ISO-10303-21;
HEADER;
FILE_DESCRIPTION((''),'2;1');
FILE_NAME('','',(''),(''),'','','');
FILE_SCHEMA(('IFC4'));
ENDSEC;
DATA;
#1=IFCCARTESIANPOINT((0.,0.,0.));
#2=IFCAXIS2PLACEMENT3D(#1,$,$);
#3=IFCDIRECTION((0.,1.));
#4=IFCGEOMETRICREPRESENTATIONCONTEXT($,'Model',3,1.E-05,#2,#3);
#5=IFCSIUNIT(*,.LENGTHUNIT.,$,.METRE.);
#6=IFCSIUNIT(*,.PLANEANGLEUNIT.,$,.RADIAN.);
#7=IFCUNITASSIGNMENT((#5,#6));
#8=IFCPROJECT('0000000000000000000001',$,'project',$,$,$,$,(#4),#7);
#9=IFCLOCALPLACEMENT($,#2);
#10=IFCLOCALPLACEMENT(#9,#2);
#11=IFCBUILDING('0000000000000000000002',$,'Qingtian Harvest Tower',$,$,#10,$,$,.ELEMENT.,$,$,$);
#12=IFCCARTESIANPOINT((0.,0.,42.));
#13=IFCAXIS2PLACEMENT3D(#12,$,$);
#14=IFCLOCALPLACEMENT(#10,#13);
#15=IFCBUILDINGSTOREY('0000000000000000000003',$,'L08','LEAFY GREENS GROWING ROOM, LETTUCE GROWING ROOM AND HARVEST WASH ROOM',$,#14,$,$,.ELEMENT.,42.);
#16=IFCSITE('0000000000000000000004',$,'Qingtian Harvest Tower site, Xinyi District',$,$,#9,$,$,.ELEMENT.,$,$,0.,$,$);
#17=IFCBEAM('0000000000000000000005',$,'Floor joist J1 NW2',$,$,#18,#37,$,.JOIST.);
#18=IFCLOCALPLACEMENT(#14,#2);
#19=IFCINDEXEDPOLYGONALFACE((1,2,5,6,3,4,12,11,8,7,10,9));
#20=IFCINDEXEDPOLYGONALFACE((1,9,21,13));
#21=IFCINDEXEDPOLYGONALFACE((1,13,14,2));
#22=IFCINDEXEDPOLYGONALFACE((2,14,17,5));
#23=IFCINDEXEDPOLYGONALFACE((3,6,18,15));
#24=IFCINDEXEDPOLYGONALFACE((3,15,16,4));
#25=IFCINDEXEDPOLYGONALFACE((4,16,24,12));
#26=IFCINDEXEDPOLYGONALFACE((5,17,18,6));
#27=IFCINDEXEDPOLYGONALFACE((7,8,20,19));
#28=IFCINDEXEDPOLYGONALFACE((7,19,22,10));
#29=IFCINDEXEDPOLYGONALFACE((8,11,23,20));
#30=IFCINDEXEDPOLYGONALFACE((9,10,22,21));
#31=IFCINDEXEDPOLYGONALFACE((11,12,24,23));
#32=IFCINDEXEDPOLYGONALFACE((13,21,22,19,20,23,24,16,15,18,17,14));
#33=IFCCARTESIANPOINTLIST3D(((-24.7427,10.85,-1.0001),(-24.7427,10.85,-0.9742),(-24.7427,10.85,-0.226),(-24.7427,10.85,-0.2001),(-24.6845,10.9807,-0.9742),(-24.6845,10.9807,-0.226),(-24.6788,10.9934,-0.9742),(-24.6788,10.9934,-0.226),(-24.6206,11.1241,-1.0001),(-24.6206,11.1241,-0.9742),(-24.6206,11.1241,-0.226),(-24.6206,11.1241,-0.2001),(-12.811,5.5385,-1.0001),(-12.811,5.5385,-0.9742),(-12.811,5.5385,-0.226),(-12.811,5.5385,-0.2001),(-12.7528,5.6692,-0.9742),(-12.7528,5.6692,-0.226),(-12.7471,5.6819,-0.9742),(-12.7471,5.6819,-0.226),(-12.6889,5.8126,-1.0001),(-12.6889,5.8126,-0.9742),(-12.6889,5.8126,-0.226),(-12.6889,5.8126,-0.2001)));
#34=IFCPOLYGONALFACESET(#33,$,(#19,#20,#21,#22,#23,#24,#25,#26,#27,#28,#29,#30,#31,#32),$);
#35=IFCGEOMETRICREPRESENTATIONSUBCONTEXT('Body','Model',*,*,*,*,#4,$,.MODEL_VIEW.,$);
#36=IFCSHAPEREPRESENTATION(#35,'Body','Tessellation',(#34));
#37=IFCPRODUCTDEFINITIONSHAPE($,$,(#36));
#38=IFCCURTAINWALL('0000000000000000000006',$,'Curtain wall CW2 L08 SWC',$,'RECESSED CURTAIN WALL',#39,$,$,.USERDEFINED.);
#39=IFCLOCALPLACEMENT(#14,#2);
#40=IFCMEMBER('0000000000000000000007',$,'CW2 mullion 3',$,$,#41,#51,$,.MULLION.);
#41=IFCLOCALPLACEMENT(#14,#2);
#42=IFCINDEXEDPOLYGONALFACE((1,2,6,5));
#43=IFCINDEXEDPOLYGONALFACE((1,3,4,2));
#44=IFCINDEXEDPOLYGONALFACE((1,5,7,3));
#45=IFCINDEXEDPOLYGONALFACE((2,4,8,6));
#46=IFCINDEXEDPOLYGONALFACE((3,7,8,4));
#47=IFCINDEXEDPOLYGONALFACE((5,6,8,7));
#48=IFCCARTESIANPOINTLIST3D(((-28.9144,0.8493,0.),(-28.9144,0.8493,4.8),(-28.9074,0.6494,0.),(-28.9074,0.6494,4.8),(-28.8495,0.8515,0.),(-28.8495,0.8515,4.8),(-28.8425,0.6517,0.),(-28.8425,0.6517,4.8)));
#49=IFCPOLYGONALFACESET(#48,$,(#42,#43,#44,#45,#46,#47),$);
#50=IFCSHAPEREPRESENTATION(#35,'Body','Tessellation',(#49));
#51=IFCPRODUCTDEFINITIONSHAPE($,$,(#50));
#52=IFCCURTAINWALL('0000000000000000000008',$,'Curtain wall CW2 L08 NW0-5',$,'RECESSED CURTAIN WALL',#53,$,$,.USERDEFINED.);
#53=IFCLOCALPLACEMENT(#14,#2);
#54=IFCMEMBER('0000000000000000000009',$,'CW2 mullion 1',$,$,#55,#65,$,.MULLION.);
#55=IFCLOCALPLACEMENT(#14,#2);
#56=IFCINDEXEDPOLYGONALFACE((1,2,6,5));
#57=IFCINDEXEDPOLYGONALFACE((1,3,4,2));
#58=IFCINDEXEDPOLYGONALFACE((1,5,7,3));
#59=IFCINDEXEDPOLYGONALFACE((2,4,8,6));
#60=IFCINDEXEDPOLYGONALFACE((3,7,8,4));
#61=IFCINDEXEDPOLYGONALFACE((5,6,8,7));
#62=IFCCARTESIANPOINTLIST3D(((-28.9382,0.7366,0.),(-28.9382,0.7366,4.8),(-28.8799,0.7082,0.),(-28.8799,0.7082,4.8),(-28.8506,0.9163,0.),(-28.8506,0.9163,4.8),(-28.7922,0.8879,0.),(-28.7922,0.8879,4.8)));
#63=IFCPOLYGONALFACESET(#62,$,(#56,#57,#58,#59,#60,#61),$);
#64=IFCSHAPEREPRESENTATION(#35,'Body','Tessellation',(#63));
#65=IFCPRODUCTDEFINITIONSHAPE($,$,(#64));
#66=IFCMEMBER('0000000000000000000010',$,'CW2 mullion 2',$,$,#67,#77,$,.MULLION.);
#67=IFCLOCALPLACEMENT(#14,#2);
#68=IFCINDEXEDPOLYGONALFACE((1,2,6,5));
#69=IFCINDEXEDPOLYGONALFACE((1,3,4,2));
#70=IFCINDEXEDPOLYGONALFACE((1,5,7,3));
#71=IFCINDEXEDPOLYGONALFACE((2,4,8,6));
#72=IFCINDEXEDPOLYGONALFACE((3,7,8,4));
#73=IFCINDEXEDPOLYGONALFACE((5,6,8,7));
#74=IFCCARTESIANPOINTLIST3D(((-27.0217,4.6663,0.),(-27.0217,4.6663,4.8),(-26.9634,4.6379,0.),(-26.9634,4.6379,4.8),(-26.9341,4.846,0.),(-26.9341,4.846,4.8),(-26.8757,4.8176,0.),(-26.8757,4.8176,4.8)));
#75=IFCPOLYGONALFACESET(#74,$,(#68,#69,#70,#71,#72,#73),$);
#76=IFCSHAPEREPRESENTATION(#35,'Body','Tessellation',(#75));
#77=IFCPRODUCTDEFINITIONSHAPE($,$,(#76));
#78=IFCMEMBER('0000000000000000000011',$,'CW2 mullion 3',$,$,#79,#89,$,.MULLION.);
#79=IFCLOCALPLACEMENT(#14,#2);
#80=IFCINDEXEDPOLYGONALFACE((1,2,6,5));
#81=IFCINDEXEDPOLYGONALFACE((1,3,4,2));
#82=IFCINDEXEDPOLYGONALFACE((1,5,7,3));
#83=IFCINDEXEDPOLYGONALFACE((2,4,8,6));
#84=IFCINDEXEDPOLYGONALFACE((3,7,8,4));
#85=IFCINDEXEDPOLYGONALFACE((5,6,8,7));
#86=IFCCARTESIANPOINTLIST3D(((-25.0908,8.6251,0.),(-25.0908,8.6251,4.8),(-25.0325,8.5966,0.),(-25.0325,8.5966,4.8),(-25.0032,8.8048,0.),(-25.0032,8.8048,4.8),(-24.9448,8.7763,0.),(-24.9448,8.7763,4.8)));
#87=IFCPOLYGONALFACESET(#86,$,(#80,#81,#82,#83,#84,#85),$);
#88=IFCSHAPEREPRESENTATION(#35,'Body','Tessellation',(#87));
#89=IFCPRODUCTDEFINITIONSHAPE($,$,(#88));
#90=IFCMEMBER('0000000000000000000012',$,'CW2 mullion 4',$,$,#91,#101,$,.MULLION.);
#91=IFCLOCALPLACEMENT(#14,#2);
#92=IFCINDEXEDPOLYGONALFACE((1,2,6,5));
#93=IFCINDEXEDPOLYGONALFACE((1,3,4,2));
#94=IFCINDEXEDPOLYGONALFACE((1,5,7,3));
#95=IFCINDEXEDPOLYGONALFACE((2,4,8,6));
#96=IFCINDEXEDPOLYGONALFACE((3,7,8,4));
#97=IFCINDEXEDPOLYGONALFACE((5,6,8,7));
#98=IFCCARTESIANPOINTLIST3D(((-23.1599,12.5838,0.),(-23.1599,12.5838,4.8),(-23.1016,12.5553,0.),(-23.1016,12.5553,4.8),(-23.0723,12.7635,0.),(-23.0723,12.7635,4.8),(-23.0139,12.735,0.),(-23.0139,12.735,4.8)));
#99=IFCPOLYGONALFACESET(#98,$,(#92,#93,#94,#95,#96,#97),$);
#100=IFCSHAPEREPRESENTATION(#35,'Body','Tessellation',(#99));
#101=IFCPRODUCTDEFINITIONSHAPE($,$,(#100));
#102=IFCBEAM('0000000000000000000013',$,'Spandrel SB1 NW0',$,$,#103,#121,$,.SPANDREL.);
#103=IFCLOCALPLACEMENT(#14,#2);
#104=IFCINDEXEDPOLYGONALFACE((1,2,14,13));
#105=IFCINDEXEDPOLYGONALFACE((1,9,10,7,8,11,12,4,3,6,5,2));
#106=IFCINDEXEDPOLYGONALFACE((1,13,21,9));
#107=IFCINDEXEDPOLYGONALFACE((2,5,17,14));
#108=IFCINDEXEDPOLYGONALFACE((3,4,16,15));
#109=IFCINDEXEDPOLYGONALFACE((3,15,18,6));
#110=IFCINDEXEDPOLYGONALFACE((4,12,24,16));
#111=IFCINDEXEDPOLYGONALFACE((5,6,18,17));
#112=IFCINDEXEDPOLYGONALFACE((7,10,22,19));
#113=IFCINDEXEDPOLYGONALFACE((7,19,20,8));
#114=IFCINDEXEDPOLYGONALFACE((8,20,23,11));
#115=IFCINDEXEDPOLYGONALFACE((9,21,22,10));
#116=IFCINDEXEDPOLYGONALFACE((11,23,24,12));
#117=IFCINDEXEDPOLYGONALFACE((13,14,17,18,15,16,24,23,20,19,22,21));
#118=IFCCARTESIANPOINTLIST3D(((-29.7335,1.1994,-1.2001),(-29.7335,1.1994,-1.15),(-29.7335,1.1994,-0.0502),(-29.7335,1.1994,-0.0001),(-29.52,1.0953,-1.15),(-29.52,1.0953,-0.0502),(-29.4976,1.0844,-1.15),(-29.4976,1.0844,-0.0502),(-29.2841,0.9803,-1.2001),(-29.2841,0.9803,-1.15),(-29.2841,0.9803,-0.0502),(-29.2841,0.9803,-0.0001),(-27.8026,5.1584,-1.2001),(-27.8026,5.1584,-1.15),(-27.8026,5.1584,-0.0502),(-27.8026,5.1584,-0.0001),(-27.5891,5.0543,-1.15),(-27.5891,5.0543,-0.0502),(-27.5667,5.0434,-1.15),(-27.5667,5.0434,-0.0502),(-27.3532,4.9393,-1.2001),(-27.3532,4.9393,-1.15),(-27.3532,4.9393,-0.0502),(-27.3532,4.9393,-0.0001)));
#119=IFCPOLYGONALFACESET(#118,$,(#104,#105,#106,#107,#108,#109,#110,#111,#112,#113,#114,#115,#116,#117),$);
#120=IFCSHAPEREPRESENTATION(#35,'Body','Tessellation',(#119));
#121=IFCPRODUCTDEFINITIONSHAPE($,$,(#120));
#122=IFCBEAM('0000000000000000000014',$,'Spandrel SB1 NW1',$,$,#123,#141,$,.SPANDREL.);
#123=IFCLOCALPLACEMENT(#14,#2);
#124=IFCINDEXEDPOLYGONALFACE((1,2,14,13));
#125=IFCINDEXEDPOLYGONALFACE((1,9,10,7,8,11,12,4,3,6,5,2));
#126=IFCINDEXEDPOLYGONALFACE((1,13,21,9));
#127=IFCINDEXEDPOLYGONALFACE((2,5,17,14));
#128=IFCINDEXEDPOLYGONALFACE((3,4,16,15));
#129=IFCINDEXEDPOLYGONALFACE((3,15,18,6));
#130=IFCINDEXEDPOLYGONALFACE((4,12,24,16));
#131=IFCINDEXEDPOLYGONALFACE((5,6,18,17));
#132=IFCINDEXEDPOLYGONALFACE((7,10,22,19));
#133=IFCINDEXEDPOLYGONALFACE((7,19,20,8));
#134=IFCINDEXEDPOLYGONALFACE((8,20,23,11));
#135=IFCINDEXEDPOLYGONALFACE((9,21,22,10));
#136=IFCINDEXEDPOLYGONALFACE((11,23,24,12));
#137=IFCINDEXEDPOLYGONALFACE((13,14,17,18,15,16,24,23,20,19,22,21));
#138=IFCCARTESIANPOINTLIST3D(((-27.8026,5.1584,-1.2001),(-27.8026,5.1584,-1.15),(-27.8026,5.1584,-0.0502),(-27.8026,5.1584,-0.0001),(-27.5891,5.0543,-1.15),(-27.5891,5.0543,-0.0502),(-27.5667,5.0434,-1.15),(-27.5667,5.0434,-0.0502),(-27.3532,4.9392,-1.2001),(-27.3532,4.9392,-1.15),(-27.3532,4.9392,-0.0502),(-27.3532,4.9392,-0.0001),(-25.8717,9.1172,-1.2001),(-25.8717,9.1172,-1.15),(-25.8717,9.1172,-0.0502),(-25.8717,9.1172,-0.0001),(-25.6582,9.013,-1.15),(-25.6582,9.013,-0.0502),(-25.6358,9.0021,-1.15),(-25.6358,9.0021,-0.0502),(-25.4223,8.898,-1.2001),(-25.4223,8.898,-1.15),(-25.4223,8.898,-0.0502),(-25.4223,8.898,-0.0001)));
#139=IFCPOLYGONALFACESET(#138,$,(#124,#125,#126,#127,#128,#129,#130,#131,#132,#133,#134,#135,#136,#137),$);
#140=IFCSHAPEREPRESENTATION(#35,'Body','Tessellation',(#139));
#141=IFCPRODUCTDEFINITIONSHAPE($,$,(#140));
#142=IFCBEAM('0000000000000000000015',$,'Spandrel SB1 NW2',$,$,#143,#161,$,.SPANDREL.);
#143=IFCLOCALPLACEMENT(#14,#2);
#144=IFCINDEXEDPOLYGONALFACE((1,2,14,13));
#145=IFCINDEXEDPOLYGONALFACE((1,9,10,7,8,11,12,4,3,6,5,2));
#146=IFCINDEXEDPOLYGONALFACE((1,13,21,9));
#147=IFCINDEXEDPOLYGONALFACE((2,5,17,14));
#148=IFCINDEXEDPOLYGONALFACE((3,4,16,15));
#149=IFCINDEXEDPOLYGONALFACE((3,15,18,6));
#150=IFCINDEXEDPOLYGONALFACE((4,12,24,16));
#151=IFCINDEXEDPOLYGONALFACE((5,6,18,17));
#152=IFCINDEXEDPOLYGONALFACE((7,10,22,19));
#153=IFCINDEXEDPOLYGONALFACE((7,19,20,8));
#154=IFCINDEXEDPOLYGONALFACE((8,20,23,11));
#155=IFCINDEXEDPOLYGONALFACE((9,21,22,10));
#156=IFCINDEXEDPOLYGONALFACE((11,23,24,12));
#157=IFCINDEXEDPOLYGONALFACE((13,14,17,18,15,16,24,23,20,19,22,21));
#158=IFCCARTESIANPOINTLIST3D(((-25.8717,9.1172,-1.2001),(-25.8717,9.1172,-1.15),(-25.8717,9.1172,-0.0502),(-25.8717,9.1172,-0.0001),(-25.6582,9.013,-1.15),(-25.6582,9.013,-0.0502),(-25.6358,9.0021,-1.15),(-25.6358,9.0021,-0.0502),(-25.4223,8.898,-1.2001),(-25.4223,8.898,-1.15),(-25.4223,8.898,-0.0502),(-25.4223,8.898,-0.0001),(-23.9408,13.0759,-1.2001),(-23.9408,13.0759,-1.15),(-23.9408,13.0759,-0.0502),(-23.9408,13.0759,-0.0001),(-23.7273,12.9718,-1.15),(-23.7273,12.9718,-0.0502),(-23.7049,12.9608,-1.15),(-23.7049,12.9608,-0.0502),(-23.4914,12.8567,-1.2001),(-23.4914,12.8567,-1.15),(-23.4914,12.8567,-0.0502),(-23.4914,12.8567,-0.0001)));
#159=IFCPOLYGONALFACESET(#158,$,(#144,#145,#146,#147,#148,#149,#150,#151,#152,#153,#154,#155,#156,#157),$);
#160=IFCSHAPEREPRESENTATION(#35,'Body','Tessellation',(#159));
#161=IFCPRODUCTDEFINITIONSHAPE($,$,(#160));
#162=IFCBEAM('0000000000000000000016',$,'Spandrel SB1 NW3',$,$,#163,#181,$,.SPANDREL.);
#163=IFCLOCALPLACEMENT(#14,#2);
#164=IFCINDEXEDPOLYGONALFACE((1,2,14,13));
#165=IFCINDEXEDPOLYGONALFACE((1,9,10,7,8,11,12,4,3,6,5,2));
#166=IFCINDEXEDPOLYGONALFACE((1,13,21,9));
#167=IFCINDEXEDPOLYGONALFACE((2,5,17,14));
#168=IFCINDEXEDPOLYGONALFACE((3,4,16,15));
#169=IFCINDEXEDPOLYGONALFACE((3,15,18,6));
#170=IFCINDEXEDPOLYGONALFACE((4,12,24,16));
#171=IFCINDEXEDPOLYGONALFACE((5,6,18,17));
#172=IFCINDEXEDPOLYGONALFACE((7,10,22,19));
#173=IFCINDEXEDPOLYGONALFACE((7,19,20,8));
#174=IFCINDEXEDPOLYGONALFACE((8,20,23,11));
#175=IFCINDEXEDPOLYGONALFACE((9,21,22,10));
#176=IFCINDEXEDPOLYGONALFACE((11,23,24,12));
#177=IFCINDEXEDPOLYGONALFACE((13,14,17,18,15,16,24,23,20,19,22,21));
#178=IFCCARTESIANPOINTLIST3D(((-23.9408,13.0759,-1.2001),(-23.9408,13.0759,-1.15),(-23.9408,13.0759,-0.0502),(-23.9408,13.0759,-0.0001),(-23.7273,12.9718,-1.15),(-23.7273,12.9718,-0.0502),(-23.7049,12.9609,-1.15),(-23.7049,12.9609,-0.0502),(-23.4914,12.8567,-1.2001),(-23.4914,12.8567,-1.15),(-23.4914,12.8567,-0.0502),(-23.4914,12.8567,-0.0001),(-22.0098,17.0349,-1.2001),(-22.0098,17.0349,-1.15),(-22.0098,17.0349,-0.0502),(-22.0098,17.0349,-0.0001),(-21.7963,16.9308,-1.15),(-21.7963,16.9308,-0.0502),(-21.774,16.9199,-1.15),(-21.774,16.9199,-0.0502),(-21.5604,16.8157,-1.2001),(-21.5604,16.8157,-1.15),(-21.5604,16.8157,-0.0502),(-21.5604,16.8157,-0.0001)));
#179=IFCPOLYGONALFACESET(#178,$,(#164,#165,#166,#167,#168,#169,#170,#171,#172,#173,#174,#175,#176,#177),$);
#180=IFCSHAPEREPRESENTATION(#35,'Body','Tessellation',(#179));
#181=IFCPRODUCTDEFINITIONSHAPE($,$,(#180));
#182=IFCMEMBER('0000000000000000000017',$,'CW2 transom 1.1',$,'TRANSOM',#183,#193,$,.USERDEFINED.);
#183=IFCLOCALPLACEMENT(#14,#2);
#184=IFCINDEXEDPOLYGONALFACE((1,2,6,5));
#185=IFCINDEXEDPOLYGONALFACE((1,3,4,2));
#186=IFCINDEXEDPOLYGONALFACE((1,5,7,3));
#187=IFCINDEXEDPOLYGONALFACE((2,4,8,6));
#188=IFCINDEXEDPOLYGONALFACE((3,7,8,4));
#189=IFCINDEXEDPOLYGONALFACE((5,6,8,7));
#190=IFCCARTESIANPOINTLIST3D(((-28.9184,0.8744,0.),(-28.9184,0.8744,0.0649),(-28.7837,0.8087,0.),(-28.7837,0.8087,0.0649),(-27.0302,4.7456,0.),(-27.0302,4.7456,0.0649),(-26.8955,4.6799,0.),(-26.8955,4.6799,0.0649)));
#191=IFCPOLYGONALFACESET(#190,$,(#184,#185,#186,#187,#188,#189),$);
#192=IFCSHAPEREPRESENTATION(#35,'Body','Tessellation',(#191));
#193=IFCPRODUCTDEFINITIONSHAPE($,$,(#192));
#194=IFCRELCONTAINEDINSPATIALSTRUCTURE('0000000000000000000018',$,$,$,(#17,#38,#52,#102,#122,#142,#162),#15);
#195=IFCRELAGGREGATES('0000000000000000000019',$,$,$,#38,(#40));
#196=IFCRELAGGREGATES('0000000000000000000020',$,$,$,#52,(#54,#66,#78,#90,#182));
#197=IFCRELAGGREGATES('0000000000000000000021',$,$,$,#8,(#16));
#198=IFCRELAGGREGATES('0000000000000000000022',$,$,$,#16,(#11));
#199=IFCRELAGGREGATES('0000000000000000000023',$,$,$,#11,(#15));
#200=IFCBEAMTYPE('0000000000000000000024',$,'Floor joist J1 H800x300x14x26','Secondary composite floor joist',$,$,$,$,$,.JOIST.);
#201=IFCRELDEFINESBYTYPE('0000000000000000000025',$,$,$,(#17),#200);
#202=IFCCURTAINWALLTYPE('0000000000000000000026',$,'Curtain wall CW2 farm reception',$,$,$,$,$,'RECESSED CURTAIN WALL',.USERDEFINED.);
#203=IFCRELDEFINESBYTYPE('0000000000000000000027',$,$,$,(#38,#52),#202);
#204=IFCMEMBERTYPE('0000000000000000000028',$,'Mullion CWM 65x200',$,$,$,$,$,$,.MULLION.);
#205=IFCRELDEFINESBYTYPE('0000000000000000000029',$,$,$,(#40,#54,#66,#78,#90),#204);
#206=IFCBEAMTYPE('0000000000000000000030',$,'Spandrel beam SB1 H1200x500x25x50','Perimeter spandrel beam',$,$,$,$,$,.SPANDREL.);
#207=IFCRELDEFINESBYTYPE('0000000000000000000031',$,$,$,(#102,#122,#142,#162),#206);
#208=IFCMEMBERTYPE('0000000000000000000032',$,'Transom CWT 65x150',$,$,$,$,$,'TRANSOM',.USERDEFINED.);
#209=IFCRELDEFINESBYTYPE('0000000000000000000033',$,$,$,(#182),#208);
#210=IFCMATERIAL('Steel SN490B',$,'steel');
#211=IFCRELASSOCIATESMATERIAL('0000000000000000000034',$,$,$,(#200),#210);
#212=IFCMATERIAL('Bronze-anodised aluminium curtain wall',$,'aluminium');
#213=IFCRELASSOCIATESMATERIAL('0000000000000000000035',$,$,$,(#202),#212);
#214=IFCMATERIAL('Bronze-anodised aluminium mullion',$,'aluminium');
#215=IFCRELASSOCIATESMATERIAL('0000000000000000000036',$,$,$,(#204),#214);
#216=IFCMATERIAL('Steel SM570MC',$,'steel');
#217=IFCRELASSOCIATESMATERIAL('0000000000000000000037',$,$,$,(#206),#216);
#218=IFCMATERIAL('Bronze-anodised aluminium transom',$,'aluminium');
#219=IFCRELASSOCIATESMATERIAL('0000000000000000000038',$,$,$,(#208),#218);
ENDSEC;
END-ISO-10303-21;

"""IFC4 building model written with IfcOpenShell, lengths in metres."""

from ifc_helpers import new_model, si_unit, direction, frame, origin, origin_2d, place, context, subcontext, project, spatial, rectangle, i_section, extrude, material, material_profile, profile_set, type_object, element, aggregate, save


model = new_model("IFC4")

# Units and contexts
model_context = context("Model", 3, precision=1e-05, world=origin(), true_north=direction((0.0, 1.0)))
body_context = subcontext(model_context, "Body", "Model", "MODEL_VIEW")
ifc_project = project(units=[si_unit("LENGTHUNIT", "METRE"), si_unit("PLANEANGLEUNIT", "RADIAN")], contexts=[model_context])

# Site, building, storey
site_placement = place(None, origin())
site = spatial("IfcSite", under=ifc_project, at=site_placement, Name="Qingtian Harvest Tower site, Xinyi District", CompositionType="ELEMENT", RefElevation=0.0)
building_placement = place(site_placement, origin())
building = spatial("IfcBuilding", under=site, at=building_placement, Name="Qingtian Harvest Tower", CompositionType="ELEMENT")
storey_placement = place(building_placement, frame((0.0, 0.0, 42.0)))
storey = spatial("IfcBuildingStorey", under=building, at=storey_placement, Name="L08", Description="LEAFY GREENS GROWING ROOM, LETTUCE GROWING ROOM AND HARVEST WASH ROOM", CompositionType="ELEMENT", Elevation=42.0)

# Beam
ifc_material_1 = material(Name="Steel SN490B", Category="steel")
ifc_material_profile_1 = material_profile(ifc_material_1, i_section(OverallWidth=0.3, OverallDepth=0.8, WebThickness=0.0139, FlangeThickness=0.0259, at=origin_2d()), Name="H800x300x14x26")
ifc_profile_set_1 = profile_set([ifc_material_profile_1], Name="Steel SN490B")
beam_type_1 = type_object("IfcBeamType", Name="Floor joist J1 H800x300x14x26", Description="Secondary composite floor joist", PredefinedType="JOIST", material=ifc_profile_set_1)
beam_1_placement = place(storey_placement, frame((-24.6816, 10.9871, -0.6001), z_axis=(0.913568, -0.406686, 0.0), x_axis=(0.406686, 0.913568, 0.0)))
element("IfcBeam", 1, at=beam_1_placement, inside=storey, type_object=beam_type_1, Name="Floor joist J1 NW2", PredefinedType="JOIST", context=body_context, shape_type="SweptSolid", body=[
    extrude(i_section(OverallWidth=0.3, OverallDepth=0.8, WebThickness=0.0139, FlangeThickness=0.0259, at=origin_2d()), origin(), (0.0, 0.0, 1.0), 13.0605),
])

# Curtain wall, member
ifc_material_2 = material(Name="Bronze-anodised aluminium curtain wall", Category="aluminium")
curtain_wall_type = type_object("IfcCurtainWallType", Name="Curtain wall CW2 farm reception", ElementType="RECESSED CURTAIN WALL", PredefinedType="USERDEFINED", material=ifc_material_2)
curtain_wall_1_placement = place(storey_placement, origin())
curtain_wall_1 = element("IfcCurtainWall", 2, at=curtain_wall_1_placement, inside=storey, type_object=curtain_wall_type, Name="Curtain wall CW2 L08 SWC", ObjectType="RECESSED CURTAIN WALL", PredefinedType="USERDEFINED")
ifc_material_3 = material(Name="Bronze-anodised aluminium mullion", Category="aluminium")
ifc_material_profile_2 = material_profile(ifc_material_3, rectangle(XDim=0.0649, YDim=0.2, at=origin_2d()), Name="AL 65x200")
ifc_profile_set_2 = profile_set([ifc_material_profile_2], Name="Bronze-anodised aluminium mullion")
member_type_1 = type_object("IfcMemberType", Name="Mullion CWM 65x200", PredefinedType="MULLION", material=ifc_profile_set_2)
member_1_placement = place(storey_placement, frame((-28.8784, 0.7505, 0.0), z_axis=(0.0, 0.0, 1.0), x_axis=(-0.999391, -0.034899, 0.0)))
member_1 = element("IfcMember", 3, at=member_1_placement, type_object=member_type_1, Name="CW2 mullion 3", PredefinedType="MULLION", context=body_context, shape_type="SweptSolid", body=[
    extrude(rectangle(XDim=0.0649, YDim=0.2, at=origin_2d()), origin(), (0.0, 0.0, 1.0), 4.8),
])
aggregate(curtain_wall_1, [member_1])

# Curtain wall, members
curtain_wall_2_placement = place(storey_placement, origin())
curtain_wall_2 = element("IfcCurtainWall", 4, at=curtain_wall_2_placement, inside=storey, type_object=curtain_wall_type, Name="Curtain wall CW2 L08 NW0-5", ObjectType="RECESSED CURTAIN WALL", PredefinedType="USERDEFINED")
member_2_placement = place(storey_placement, frame((-28.8652, 0.8123, 0.0), z_axis=(0.0, 0.0, 1.0), x_axis=(-0.898794, 0.438371, 0.0)))
member_2 = element("IfcMember", 5, at=member_2_placement, type_object=member_type_1, Name="CW2 mullion 1", PredefinedType="MULLION", context=body_context, shape_type="SweptSolid", body=[
    extrude(rectangle(XDim=0.0649, YDim=0.2, at=origin_2d()), origin(), (0.0, 0.0, 1.0), 4.8),
])
member_3_placement = place(storey_placement, frame((-26.9487, 4.7419, 0.0), z_axis=(0.0, 0.0, 1.0), x_axis=(-0.898794, 0.438371, 0.0)))
member_3 = element("IfcMember", 6, at=member_3_placement, type_object=member_type_1, Name="CW2 mullion 2", PredefinedType="MULLION", context=body_context, shape_type="SweptSolid", body=[
    extrude(rectangle(XDim=0.0649, YDim=0.2, at=origin_2d()), origin(), (0.0, 0.0, 1.0), 4.8),
])
member_4_placement = place(storey_placement, frame((-25.0178, 8.7007, 0.0), z_axis=(0.0, 0.0, 1.0), x_axis=(-0.898794, 0.438371, 0.0)))
member_4 = element("IfcMember", 7, at=member_4_placement, type_object=member_type_1, Name="CW2 mullion 3", PredefinedType="MULLION", context=body_context, shape_type="SweptSolid", body=[
    extrude(rectangle(XDim=0.0649, YDim=0.2, at=origin_2d()), origin(), (0.0, 0.0, 1.0), 4.8),
])
member_5_placement = place(storey_placement, frame((-23.0869, 12.6594, 0.0), z_axis=(0.0, 0.0, 1.0), x_axis=(-0.898794, 0.438371, 0.0)))
member_5 = element("IfcMember", 8, at=member_5_placement, type_object=member_type_1, Name="CW2 mullion 4", PredefinedType="MULLION", context=body_context, shape_type="SweptSolid", body=[
    extrude(rectangle(XDim=0.0649, YDim=0.2, at=origin_2d()), origin(), (0.0, 0.0, 1.0), 4.8),
])

# Beams
ifc_material_4 = material(Name="Steel SM570MC", Category="steel")
ifc_material_profile_3 = material_profile(ifc_material_4, i_section(OverallWidth=0.5, OverallDepth=1.2, WebThickness=0.0249, FlangeThickness=0.05, at=origin_2d()), Name="H1200x500x25x50")
ifc_profile_set_3 = profile_set([ifc_material_profile_3], Name="Steel SM570MC")
beam_type_2 = type_object("IfcBeamType", Name="Spandrel beam SB1 H1200x500x25x50", Description="Perimeter spandrel beam", PredefinedType="SPANDREL", material=ifc_profile_set_3)
beam_2_placement = place(storey_placement, frame((-29.5088, 1.0898, -0.6001), z_axis=(0.438368, 0.898796, 0.0), x_axis=(-0.898796, 0.438368, 0.0)))
element("IfcBeam", 9, at=beam_2_placement, inside=storey, type_object=beam_type_2, Name="Spandrel SB1 NW0", PredefinedType="SPANDREL", context=body_context, shape_type="SweptSolid", body=[
    extrude(i_section(OverallWidth=0.5, OverallDepth=1.2, WebThickness=0.0249, FlangeThickness=0.05, at=origin_2d()), origin(), (0.0, 0.0, 1.0), 4.4048),
])
for number, where, z_axis, x_axis, name in (
    (10, (-27.5779, 5.0488, -0.6001), (0.43839, 0.898785, 0.0), (-0.898785, 0.43839, 0.0), "Spandrel SB1 NW1"),
    (11, (-25.647, 9.0076, -0.6001), (0.43839, 0.898785, 0.0), (-0.898785, 0.43839, 0.0), "Spandrel SB1 NW2"),
):
    element("IfcBeam", number, at=place(storey_placement, frame(where, z_axis=z_axis, x_axis=x_axis)), inside=storey, type_object=beam_type_2, Name=name, PredefinedType="SPANDREL", context=body_context, shape_type="SweptSolid", body=[
        extrude(i_section(OverallWidth=0.5, OverallDepth=1.2, WebThickness=0.0249, FlangeThickness=0.05, at=origin_2d()), origin(), (0.0, 0.0, 1.0), 4.4045),
    ])
beam_3_placement = place(storey_placement, frame((-23.7161, 12.9663, -0.6001), z_axis=(0.438368, 0.898796, 0.0), x_axis=(-0.898796, 0.438368, 0.0)))
element("IfcBeam", 12, at=beam_3_placement, inside=storey, type_object=beam_type_2, Name="Spandrel SB1 NW3", PredefinedType="SPANDREL", context=body_context, shape_type="SweptSolid", body=[
    extrude(i_section(OverallWidth=0.5, OverallDepth=1.2, WebThickness=0.0249, FlangeThickness=0.05, at=origin_2d()), origin(), (0.0, 0.0, 1.0), 4.4048),
])

# Member
ifc_material_5 = material(Name="Bronze-anodised aluminium transom", Category="aluminium")
ifc_material_profile_4 = material_profile(ifc_material_5, rectangle(XDim=0.1499, YDim=0.0649, at=origin_2d()), Name="AL 65x150")
ifc_profile_set_4 = profile_set([ifc_material_profile_4], Name="Bronze-anodised aluminium transom")
member_type_2 = type_object("IfcMemberType", Name="Transom CWT 65x150", ElementType="TRANSOM", PredefinedType="USERDEFINED", material=ifc_profile_set_4)
member_6_placement = place(storey_placement, frame((-28.8511, 0.8416, 0.0325), z_axis=(0.438395, 0.898783, 0.0), x_axis=(-0.898783, 0.438395, 0.0)))
member_6 = element("IfcMember", 13, at=member_6_placement, type_object=member_type_2, Name="CW2 transom 1.1", ObjectType="TRANSOM", PredefinedType="USERDEFINED", context=body_context, shape_type="SweptSolid", body=[
    extrude(rectangle(XDim=0.1499, YDim=0.0649, at=origin_2d()), origin(), (0.0, 0.0, 1.0), 4.3071),
])

aggregate(curtain_wall_2, [member_2, member_3, member_4, member_5, member_6])

save(model, "model.ifc")
